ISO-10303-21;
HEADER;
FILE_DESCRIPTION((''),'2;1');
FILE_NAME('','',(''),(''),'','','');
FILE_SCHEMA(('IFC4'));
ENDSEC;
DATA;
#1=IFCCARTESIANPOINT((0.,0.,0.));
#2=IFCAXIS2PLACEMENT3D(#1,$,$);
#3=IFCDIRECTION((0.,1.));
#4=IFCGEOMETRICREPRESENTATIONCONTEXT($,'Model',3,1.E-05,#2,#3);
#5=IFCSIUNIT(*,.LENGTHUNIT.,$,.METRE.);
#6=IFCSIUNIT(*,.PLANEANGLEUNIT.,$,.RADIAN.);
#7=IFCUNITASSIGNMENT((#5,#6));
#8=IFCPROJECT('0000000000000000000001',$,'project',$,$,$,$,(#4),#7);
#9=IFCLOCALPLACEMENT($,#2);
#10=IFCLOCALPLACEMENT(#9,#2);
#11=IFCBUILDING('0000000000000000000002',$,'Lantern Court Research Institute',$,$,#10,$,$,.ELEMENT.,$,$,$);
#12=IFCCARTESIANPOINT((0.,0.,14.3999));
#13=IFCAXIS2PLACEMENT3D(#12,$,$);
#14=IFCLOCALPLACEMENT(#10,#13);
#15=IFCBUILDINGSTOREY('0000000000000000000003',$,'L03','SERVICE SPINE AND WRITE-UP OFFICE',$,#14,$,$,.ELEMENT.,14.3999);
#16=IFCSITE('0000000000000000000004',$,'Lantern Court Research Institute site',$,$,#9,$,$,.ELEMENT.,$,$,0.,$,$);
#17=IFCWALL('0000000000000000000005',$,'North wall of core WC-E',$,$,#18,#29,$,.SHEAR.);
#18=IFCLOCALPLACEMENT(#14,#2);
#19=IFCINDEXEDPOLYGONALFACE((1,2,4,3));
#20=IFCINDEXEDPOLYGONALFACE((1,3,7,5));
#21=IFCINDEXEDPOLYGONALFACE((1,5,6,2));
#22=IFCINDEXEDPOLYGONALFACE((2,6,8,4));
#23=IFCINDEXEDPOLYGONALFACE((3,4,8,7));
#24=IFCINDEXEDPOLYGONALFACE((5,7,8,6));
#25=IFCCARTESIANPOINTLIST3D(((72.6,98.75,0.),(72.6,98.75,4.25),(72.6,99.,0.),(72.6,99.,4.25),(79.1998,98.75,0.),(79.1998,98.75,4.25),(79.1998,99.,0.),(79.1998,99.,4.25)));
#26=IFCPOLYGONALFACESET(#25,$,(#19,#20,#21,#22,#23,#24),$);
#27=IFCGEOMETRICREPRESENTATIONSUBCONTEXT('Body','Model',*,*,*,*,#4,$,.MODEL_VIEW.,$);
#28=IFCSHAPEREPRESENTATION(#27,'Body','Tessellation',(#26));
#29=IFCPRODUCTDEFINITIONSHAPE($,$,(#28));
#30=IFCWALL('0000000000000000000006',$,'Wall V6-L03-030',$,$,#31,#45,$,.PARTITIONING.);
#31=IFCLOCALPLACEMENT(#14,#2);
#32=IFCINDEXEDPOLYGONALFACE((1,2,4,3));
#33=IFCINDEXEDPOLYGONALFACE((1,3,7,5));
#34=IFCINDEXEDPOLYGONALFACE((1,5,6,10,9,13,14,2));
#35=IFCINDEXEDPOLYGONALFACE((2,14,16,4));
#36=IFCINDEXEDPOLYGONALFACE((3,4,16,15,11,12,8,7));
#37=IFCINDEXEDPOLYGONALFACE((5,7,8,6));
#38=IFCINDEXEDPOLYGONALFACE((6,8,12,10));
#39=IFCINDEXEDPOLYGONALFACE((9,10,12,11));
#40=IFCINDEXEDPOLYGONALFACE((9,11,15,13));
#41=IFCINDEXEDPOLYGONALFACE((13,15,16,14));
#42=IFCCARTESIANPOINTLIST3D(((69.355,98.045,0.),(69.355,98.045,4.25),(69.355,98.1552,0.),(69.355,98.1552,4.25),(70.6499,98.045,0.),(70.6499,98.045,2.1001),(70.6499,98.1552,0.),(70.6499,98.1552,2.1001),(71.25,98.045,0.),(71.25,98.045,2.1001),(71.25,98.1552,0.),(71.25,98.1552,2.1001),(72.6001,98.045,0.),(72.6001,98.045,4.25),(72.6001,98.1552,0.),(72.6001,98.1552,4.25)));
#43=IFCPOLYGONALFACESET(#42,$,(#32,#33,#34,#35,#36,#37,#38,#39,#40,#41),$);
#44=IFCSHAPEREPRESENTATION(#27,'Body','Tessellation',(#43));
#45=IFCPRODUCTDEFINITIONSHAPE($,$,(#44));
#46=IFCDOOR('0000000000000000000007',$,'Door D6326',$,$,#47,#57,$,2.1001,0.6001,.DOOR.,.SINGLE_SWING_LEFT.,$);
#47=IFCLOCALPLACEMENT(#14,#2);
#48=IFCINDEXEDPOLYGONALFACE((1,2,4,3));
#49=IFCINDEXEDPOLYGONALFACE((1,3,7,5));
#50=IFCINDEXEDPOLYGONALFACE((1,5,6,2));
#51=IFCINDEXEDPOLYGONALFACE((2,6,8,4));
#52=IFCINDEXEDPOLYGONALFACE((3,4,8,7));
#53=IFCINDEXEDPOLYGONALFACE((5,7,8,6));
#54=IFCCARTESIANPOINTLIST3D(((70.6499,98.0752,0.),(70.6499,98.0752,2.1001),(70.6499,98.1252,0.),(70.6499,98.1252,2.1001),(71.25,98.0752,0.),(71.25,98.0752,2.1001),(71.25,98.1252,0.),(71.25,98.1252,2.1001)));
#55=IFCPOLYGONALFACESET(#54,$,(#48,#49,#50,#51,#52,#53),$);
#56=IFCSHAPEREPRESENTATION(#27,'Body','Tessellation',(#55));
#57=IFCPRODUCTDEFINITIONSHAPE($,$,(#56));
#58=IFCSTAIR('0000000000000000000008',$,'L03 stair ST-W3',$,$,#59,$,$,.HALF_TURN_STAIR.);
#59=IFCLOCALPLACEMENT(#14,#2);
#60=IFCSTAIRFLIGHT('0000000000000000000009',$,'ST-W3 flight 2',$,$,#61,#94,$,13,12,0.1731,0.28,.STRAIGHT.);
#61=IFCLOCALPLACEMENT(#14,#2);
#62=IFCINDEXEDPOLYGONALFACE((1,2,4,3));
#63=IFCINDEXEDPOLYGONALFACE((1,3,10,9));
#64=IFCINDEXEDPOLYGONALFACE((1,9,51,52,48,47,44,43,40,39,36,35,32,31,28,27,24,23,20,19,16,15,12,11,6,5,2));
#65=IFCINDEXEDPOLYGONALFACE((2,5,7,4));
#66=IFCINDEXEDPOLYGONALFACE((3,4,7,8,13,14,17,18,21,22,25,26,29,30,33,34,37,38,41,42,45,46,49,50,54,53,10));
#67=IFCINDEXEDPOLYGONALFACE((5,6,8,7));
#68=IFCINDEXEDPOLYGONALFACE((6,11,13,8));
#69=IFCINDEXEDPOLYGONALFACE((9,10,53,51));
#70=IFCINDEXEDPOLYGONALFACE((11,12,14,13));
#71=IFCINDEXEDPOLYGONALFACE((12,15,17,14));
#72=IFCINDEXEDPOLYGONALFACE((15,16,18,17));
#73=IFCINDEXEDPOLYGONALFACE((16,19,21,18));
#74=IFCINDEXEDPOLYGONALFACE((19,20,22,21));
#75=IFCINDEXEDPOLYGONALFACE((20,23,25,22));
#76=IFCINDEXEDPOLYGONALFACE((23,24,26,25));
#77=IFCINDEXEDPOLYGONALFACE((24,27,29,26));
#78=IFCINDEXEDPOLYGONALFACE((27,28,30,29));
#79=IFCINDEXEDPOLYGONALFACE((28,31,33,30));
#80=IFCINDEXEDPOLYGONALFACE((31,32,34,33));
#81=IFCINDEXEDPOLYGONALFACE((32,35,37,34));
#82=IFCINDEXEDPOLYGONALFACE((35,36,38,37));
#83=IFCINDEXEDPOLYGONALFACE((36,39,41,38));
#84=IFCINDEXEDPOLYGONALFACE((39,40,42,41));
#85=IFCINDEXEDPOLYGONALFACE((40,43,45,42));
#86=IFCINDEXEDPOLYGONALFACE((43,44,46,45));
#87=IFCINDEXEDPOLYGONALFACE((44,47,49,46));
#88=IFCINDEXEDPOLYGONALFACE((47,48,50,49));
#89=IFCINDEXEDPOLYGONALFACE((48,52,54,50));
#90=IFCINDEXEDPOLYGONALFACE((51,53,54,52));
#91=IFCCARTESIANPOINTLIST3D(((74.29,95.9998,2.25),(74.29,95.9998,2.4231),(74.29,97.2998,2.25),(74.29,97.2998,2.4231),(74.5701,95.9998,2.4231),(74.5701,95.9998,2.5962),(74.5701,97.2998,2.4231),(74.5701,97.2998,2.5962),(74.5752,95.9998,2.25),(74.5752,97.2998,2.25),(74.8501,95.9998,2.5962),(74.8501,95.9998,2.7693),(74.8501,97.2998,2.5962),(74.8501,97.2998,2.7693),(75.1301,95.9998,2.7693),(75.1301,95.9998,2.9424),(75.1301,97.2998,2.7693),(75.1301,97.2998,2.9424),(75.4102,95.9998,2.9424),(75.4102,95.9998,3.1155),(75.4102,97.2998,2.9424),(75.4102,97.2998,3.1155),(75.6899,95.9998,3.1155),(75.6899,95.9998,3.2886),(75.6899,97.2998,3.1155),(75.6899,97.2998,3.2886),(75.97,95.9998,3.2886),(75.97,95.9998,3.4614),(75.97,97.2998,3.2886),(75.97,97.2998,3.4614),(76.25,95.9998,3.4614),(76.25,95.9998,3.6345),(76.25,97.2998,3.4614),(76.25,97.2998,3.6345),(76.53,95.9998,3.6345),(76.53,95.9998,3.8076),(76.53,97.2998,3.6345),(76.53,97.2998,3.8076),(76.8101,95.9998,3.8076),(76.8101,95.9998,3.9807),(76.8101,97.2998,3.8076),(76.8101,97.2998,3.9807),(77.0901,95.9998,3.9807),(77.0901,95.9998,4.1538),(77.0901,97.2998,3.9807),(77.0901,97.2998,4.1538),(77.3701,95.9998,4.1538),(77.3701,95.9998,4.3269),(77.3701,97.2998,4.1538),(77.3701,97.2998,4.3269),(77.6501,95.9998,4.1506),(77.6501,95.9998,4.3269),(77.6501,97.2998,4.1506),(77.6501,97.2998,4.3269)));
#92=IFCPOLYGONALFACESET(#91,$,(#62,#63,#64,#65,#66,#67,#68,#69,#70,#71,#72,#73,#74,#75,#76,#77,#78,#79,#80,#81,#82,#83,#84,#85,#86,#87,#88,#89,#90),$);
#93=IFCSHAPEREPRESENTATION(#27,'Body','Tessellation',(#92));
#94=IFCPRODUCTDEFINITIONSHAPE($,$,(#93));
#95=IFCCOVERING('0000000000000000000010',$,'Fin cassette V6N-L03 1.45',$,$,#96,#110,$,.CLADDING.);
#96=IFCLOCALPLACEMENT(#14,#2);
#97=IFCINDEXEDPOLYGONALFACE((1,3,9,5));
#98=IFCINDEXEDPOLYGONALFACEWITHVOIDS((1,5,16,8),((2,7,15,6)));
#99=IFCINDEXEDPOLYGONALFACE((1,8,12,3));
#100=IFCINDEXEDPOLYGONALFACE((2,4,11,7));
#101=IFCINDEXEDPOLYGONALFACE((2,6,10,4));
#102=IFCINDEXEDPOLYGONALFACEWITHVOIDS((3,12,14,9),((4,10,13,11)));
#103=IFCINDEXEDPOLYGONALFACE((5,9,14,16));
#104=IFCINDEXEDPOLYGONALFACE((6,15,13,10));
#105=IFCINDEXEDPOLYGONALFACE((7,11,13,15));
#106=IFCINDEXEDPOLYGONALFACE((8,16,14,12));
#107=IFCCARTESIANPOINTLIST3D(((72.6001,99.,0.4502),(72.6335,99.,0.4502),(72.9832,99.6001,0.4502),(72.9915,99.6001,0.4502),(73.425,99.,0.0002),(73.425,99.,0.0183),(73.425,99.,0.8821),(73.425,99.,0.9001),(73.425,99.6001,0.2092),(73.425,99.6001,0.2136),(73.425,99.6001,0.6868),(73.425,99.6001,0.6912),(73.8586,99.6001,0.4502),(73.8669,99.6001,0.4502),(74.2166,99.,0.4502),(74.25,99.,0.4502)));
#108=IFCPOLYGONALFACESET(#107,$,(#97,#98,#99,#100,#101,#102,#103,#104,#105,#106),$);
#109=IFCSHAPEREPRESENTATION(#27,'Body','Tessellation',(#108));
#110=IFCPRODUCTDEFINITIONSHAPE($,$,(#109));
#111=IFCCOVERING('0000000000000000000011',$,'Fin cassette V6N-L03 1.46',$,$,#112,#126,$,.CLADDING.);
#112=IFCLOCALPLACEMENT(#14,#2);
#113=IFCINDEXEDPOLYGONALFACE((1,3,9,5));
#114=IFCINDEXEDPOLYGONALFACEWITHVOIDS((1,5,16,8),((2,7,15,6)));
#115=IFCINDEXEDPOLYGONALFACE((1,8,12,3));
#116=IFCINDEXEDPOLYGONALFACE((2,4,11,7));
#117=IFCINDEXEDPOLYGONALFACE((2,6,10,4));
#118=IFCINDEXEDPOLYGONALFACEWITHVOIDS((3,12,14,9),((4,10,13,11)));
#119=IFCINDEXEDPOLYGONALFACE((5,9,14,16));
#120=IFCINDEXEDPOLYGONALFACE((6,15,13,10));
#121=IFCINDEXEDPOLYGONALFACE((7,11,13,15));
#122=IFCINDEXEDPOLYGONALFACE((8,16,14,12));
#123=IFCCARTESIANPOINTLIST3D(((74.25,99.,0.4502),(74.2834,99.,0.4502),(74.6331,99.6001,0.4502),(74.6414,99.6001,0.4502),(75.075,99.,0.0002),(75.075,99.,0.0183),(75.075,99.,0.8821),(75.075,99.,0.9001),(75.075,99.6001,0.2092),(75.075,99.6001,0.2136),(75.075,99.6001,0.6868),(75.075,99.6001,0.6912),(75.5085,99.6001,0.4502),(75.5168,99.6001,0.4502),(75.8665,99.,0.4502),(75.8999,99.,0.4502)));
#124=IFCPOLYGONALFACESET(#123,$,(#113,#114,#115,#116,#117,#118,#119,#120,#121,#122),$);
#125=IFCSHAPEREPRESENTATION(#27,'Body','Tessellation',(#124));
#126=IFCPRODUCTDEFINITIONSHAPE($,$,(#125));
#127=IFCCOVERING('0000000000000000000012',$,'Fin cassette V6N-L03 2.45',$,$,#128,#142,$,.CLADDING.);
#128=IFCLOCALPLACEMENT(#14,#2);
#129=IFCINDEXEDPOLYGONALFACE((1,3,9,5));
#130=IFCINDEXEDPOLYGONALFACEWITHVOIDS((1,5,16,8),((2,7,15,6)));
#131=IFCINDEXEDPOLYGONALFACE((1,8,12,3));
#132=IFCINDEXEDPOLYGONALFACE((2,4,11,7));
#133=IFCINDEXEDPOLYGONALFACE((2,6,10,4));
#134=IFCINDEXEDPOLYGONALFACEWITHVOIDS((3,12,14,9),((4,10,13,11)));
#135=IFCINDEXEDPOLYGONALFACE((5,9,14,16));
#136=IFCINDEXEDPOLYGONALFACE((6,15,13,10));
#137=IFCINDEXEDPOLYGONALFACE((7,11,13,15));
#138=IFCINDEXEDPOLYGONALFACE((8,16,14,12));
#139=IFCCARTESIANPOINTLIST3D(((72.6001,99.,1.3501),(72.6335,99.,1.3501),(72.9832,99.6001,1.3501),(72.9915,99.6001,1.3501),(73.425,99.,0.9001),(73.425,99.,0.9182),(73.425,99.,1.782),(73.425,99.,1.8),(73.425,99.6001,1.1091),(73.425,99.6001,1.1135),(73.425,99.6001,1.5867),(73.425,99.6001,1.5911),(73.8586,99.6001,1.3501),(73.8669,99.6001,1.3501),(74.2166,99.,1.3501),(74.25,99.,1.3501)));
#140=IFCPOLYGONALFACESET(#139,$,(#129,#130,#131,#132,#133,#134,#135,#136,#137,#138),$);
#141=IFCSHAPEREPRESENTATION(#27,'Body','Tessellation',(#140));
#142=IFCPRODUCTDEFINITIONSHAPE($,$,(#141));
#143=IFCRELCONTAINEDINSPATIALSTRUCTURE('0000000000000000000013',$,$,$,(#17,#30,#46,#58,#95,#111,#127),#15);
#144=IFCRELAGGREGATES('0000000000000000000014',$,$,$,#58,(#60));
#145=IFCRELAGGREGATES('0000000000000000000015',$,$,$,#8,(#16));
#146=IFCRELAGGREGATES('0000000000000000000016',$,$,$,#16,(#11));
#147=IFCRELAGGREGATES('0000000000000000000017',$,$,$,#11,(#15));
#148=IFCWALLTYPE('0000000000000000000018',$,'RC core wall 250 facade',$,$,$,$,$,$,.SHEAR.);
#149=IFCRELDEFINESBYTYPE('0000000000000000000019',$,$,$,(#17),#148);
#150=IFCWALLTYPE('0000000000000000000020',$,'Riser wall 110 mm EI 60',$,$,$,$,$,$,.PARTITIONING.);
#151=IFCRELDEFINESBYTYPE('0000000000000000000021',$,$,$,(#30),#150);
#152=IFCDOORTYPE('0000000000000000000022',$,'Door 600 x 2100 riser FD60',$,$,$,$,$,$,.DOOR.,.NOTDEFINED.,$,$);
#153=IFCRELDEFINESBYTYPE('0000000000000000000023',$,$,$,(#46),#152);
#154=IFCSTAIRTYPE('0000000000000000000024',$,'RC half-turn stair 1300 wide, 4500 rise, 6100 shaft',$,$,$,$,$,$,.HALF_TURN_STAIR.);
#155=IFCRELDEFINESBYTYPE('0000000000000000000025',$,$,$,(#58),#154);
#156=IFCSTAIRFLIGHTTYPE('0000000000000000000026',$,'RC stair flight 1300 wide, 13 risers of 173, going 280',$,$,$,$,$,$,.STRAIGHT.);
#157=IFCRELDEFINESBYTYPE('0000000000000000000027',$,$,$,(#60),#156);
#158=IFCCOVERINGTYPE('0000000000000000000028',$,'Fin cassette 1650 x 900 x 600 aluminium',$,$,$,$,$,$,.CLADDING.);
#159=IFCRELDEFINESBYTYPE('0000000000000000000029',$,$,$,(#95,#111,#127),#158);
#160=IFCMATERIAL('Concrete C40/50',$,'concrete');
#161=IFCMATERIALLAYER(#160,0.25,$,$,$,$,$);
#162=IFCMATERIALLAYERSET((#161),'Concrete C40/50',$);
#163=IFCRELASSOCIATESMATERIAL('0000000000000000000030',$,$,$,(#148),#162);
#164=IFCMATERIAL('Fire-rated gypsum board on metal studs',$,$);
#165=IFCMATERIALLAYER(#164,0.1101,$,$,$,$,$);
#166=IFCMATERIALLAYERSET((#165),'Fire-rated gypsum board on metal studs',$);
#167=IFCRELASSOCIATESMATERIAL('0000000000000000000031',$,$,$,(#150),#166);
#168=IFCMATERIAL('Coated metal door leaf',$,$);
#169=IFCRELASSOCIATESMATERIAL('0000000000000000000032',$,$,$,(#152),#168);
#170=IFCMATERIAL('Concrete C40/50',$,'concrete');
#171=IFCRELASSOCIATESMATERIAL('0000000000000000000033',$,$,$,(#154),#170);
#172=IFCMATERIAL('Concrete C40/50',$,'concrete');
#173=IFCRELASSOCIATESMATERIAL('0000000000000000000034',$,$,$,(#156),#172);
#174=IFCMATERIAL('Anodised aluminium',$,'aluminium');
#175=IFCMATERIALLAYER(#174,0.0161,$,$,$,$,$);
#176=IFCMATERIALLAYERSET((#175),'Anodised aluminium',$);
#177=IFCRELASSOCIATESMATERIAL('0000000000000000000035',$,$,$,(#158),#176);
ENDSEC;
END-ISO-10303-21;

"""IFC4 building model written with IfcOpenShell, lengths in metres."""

from ifc_helpers import new_model, entity, si_unit, direction, frame, frame_2d, origin, place, context, subcontext, project, spatial, polyline, rectangle, outline, extrude, material, layer, layer_set, type_object, element, fill, aggregate, save


model = new_model("IFC4")

# Units and contexts
model_context = context("Model", 3, precision=1e-05, world=origin(), true_north=direction((0.0, 1.0)))
body_context = subcontext(model_context, "Body", "Model", "MODEL_VIEW")
ifc_project = project(units=[si_unit("LENGTHUNIT", "METRE"), si_unit("PLANEANGLEUNIT", "RADIAN")], contexts=[model_context])

# Site, building, storey
site_placement = place(None, origin())
site = spatial("IfcSite", under=ifc_project, at=site_placement, Name="Lantern Court Research Institute site", CompositionType="ELEMENT", RefElevation=0.0)
building_placement = place(site_placement, origin())
building = spatial("IfcBuilding", under=site, at=building_placement, Name="Lantern Court Research Institute", CompositionType="ELEMENT")
storey_placement = place(building_placement, frame((0.0, 0.0, 14.3999)))
storey = spatial("IfcBuildingStorey", under=building, at=storey_placement, Name="L03", Description="SERVICE SPINE AND WRITE-UP OFFICE", CompositionType="ELEMENT", Elevation=14.3999)

# Wall
ifc_material_1 = material(Name="Concrete C40/50", Category="concrete")
ifc_layer_1 = layer(ifc_material_1, 0.25)
ifc_layer_set_1 = layer_set([ifc_layer_1], Name="Concrete C40/50")
wall_type_1 = type_object("IfcWallType", Name="RC core wall 250 facade", PredefinedType="SHEAR", material=ifc_layer_set_1)
wall_1_placement = place(storey_placement, frame((72.6001, 98.875, 0.0), z_axis=(0.0, 0.0, 1.0), x_axis=(1.0, 0.0, 0.0)))
element("IfcWall", 1, at=wall_1_placement, inside=storey, type_object=wall_type_1, Name="North wall of core WC-E", PredefinedType="SHEAR", context=body_context, shape_type="SweptSolid", body=[
    extrude(rectangle(XDim=6.5999, YDim=0.25, at=frame_2d((3.2998, 0.0))), origin(), (0.0, 0.0, 1.0), 4.25),
])

# Wall, opening, door
ifc_material_2 = material(Name="Fire-rated gypsum board on metal studs")
ifc_layer_2 = layer(ifc_material_2, 0.1101)
ifc_layer_set_2 = layer_set([ifc_layer_2], Name="Fire-rated gypsum board on metal studs")
wall_type_2 = type_object("IfcWallType", Name="Riser wall 110 mm EI 60", PredefinedType="PARTITIONING", material=ifc_layer_set_2)
wall_2_placement = place(storey_placement, frame((72.6001, 98.1001, 0.0), z_axis=(0.0, 0.0, 1.0), x_axis=(-1.0, 0.0, 0.0)))
wall_2 = element("IfcWall", 2, at=wall_2_placement, inside=storey, type_object=wall_type_2, Name="Wall V6-L03-030", PredefinedType="PARTITIONING", context=body_context, shape_type="SweptSolid", body=[
    extrude(rectangle(XDim=3.2451, YDim=0.1101, at=frame_2d((1.6226, 0.0))), origin(), (0.0, 0.0, 1.0), 4.25),
])
opening_placement = place(wall_2_placement, frame((1.3501, 0.0, 0.0)))
opening = element("IfcOpeningElement", 3, at=opening_placement, cuts=wall_2, PredefinedType="OPENING", context=body_context, shape_type="SweptSolid", body=[
    extrude(rectangle(XDim=0.6001, YDim=2.1001, at=frame_2d((0.3, 1.05))), frame((0.0, 0.0649, 0.0), z_axis=(0.0, -1.0, 0.0), x_axis=(1.0, 0.0, 0.0)), (0.0, 0.0, 1.0), 0.1301),
])
ifc_material_3 = material(Name="Coated metal door leaf")
door_type = type_object("IfcDoorType", Name="Door 600 x 2100 riser FD60", OperationType="NOTDEFINED", PredefinedType="DOOR", material=ifc_material_3)
door_placement = place(opening_placement, origin())
door = element("IfcDoor", 4, at=door_placement, inside=storey, type_object=door_type, Name="Door D6326", OperationType="SINGLE_SWING_LEFT", OverallHeight=2.1001, OverallWidth=0.6001, PredefinedType="DOOR", context=body_context, shape_type="SweptSolid", body=[
    extrude(rectangle(XDim=0.6001, YDim=2.1001, at=frame_2d((0.3, 1.05))), frame((0.0, 0.0249, 0.0), z_axis=(0.0, -1.0, 0.0), x_axis=(1.0, 0.0, 0.0)), (0.0, 0.0, 1.0), 0.05),
])
fill(opening, door)

# Stair, stair flight
ifc_material_4 = material(Name="Concrete C40/50", Category="concrete")
stair_type = type_object("IfcStairType", Name="RC half-turn stair 1300 wide, 4500 rise, 6100 shaft", PredefinedType="HALF_TURN_STAIR", material=ifc_material_4)
stair_placement = place(storey_placement, origin())
stair = element("IfcStair", 5, at=stair_placement, inside=storey, type_object=stair_type, Name="L03 stair ST-W3", PredefinedType="HALF_TURN_STAIR")
ifc_material_5 = material(Name="Concrete C40/50", Category="concrete")
stair_flight_type = type_object("IfcStairFlightType", Name="RC stair flight 1300 wide, 13 risers of 173, going 280", PredefinedType="STRAIGHT", material=ifc_material_5)
stair_flight_placement = place(storey_placement, frame((74.29, 96.6499, 2.25), z_axis=(0.0, 0.0, 1.0), x_axis=(1.0, 0.0, 0.0)))
stair_flight = element("IfcStairFlight", 6, at=stair_flight_placement, type_object=stair_flight_type, Name="ST-W3 flight 2", NumberOfRisers=13, NumberOfTreads=12, PredefinedType="STRAIGHT", RiserHeight=0.1731, TreadLength=0.28, context=body_context, shape_type="SweptSolid", body=[
    extrude(outline(polyline([(0.0, 0.0), (0.0, 0.1731), (0.28, 0.1731), (0.28, 0.3462), (0.5601, 0.3462), (0.5601, 0.5193), (0.8401, 0.5193), (0.8401, 0.6924), (1.1201, 0.6924), (1.1201, 0.8655), (1.3999, 0.8655), (1.3999, 1.0386), (1.6799, 1.0386), (1.6799, 1.2114), (1.96, 1.2114), (1.96, 1.3845), (2.24, 1.3845), (2.24, 1.5576), (2.52, 1.5576), (2.52, 1.7307), (2.8, 1.7307), (2.8, 1.9038), (3.0801, 1.9038), (3.0801, 2.0769), (3.3601, 2.0769), (3.3601, 2.25), (3.3601, 1.9006), (0.2852, 0.0), (0.0, 0.0)])), frame((0.0, 0.6499, 0.0), z_axis=(0.0, -1.0, 0.0), x_axis=(1.0, 0.0, 0.0)), (0.0, 0.0, 1.0), 1.3),
])
aggregate(stair, [stair_flight])

# Coverings
ifc_material_6 = material(Name="Anodised aluminium", Category="aluminium")
ifc_layer_3 = layer(ifc_material_6, 0.0161)
ifc_layer_set_3 = layer_set([ifc_layer_3], Name="Anodised aluminium")
covering_type = type_object("IfcCoveringType", Name="Fin cassette 1650 x 900 x 600 aluminium", PredefinedType="CLADDING", material=ifc_layer_set_3)
covering_1_placement = place(storey_placement, frame((73.425, 99.0, 0.4502), z_axis=(0.0, 1.0, 0.0), x_axis=(-1.0, 0.0, 0.0)))
cartesian_point_1 = entity("IfcCartesianPoint", [0.825, 0.0])
cartesian_point_2 = entity("IfcCartesianPoint", [0.7915, 0.0])
cartesian_point_3 = entity("IfcCartesianPoint", [0.4419, 0.0])
cartesian_point_4 = entity("IfcCartesianPoint", [0.4336, 0.0])
element("IfcCovering", 7, at=covering_1_placement, inside=storey, type_object=covering_type, Name="Fin cassette V6N-L03 1.45", PredefinedType="CLADDING", context=body_context, shape_type="SweptSolid", body=[
    entity("IfcExtrudedAreaSolidTapered", entity("IfcArbitraryProfileDefWithVoids", "AREA", None, entity("IfcPolyline", [cartesian_point_1, entity("IfcCartesianPoint", [0.0, 0.45]), entity("IfcCartesianPoint", [-0.825, 0.0]), entity("IfcCartesianPoint", [0.0, -0.45]), cartesian_point_1]), [entity("IfcPolyline", [cartesian_point_2, entity("IfcCartesianPoint", [0.0, 0.4319]), entity("IfcCartesianPoint", [-0.7915, 0.0]), entity("IfcCartesianPoint", [0.0, -0.4319]), cartesian_point_2])]), entity("IfcAxis2Placement3D", entity("IfcCartesianPoint", [0.0, 0.0, 0.0])), entity("IfcDirection", [0.0, 0.0, 1.0]), 0.6001, entity("IfcArbitraryProfileDefWithVoids", "AREA", None, entity("IfcPolyline", [cartesian_point_3, entity("IfcCartesianPoint", [0.0, 0.241]), entity("IfcCartesianPoint", [-0.4419, 0.0]), entity("IfcCartesianPoint", [0.0, -0.241]), cartesian_point_3]), [entity("IfcPolyline", [cartesian_point_4, entity("IfcCartesianPoint", [0.0, 0.2366]), entity("IfcCartesianPoint", [-0.4336, 0.0]), entity("IfcCartesianPoint", [0.0, -0.2366]), cartesian_point_4])])),
])
covering_2_placement = place(storey_placement, frame((75.075, 99.0, 0.4502), z_axis=(0.0, 1.0, 0.0), x_axis=(-1.0, 0.0, 0.0)))
cartesian_point_5 = entity("IfcCartesianPoint", [0.825, 0.0])
cartesian_point_6 = entity("IfcCartesianPoint", [0.7915, 0.0])
cartesian_point_7 = entity("IfcCartesianPoint", [0.4419, 0.0])
cartesian_point_8 = entity("IfcCartesianPoint", [0.4336, 0.0])
element("IfcCovering", 8, at=covering_2_placement, inside=storey, type_object=covering_type, Name="Fin cassette V6N-L03 1.46", PredefinedType="CLADDING", context=body_context, shape_type="SweptSolid", body=[
    entity("IfcExtrudedAreaSolidTapered", entity("IfcArbitraryProfileDefWithVoids", "AREA", None, entity("IfcPolyline", [cartesian_point_5, entity("IfcCartesianPoint", [0.0, 0.45]), entity("IfcCartesianPoint", [-0.825, 0.0]), entity("IfcCartesianPoint", [0.0, -0.45]), cartesian_point_5]), [entity("IfcPolyline", [cartesian_point_6, entity("IfcCartesianPoint", [0.0, 0.4319]), entity("IfcCartesianPoint", [-0.7915, 0.0]), entity("IfcCartesianPoint", [0.0, -0.4319]), cartesian_point_6])]), entity("IfcAxis2Placement3D", entity("IfcCartesianPoint", [0.0, 0.0, 0.0])), entity("IfcDirection", [0.0, 0.0, 1.0]), 0.6001, entity("IfcArbitraryProfileDefWithVoids", "AREA", None, entity("IfcPolyline", [cartesian_point_7, entity("IfcCartesianPoint", [0.0, 0.241]), entity("IfcCartesianPoint", [-0.4419, 0.0]), entity("IfcCartesianPoint", [0.0, -0.241]), cartesian_point_7]), [entity("IfcPolyline", [cartesian_point_8, entity("IfcCartesianPoint", [0.0, 0.2366]), entity("IfcCartesianPoint", [-0.4336, 0.0]), entity("IfcCartesianPoint", [0.0, -0.2366]), cartesian_point_8])])),
])
covering_3_placement = place(storey_placement, frame((73.425, 99.0, 1.3501), z_axis=(0.0, 1.0, 0.0), x_axis=(-1.0, 0.0, 0.0)))
cartesian_point_9 = entity("IfcCartesianPoint", [0.825, 0.0])
cartesian_point_10 = entity("IfcCartesianPoint", [0.7915, 0.0])
cartesian_point_11 = entity("IfcCartesianPoint", [0.4419, 0.0])
cartesian_point_12 = entity("IfcCartesianPoint", [0.4336, 0.0])
element("IfcCovering", 9, at=covering_3_placement, inside=storey, type_object=covering_type, Name="Fin cassette V6N-L03 2.45", PredefinedType="CLADDING", context=body_context, shape_type="SweptSolid", body=[
    entity("IfcExtrudedAreaSolidTapered", entity("IfcArbitraryProfileDefWithVoids", "AREA", None, entity("IfcPolyline", [cartesian_point_9, entity("IfcCartesianPoint", [0.0, 0.45]), entity("IfcCartesianPoint", [-0.825, 0.0]), entity("IfcCartesianPoint", [0.0, -0.45]), cartesian_point_9]), [entity("IfcPolyline", [cartesian_point_10, entity("IfcCartesianPoint", [0.0, 0.4319]), entity("IfcCartesianPoint", [-0.7915, 0.0]), entity("IfcCartesianPoint", [0.0, -0.4319]), cartesian_point_10])]), entity("IfcAxis2Placement3D", entity("IfcCartesianPoint", [0.0, 0.0, 0.0])), entity("IfcDirection", [0.0, 0.0, 1.0]), 0.6001, entity("IfcArbitraryProfileDefWithVoids", "AREA", None, entity("IfcPolyline", [cartesian_point_11, entity("IfcCartesianPoint", [0.0, 0.241]), entity("IfcCartesianPoint", [-0.4419, 0.0]), entity("IfcCartesianPoint", [0.0, -0.241]), cartesian_point_11]), [entity("IfcPolyline", [cartesian_point_12, entity("IfcCartesianPoint", [0.0, 0.2366]), entity("IfcCartesianPoint", [-0.4336, 0.0]), entity("IfcCartesianPoint", [0.0, -0.2366]), cartesian_point_12])])),
])

save(model, "model.ifc")
